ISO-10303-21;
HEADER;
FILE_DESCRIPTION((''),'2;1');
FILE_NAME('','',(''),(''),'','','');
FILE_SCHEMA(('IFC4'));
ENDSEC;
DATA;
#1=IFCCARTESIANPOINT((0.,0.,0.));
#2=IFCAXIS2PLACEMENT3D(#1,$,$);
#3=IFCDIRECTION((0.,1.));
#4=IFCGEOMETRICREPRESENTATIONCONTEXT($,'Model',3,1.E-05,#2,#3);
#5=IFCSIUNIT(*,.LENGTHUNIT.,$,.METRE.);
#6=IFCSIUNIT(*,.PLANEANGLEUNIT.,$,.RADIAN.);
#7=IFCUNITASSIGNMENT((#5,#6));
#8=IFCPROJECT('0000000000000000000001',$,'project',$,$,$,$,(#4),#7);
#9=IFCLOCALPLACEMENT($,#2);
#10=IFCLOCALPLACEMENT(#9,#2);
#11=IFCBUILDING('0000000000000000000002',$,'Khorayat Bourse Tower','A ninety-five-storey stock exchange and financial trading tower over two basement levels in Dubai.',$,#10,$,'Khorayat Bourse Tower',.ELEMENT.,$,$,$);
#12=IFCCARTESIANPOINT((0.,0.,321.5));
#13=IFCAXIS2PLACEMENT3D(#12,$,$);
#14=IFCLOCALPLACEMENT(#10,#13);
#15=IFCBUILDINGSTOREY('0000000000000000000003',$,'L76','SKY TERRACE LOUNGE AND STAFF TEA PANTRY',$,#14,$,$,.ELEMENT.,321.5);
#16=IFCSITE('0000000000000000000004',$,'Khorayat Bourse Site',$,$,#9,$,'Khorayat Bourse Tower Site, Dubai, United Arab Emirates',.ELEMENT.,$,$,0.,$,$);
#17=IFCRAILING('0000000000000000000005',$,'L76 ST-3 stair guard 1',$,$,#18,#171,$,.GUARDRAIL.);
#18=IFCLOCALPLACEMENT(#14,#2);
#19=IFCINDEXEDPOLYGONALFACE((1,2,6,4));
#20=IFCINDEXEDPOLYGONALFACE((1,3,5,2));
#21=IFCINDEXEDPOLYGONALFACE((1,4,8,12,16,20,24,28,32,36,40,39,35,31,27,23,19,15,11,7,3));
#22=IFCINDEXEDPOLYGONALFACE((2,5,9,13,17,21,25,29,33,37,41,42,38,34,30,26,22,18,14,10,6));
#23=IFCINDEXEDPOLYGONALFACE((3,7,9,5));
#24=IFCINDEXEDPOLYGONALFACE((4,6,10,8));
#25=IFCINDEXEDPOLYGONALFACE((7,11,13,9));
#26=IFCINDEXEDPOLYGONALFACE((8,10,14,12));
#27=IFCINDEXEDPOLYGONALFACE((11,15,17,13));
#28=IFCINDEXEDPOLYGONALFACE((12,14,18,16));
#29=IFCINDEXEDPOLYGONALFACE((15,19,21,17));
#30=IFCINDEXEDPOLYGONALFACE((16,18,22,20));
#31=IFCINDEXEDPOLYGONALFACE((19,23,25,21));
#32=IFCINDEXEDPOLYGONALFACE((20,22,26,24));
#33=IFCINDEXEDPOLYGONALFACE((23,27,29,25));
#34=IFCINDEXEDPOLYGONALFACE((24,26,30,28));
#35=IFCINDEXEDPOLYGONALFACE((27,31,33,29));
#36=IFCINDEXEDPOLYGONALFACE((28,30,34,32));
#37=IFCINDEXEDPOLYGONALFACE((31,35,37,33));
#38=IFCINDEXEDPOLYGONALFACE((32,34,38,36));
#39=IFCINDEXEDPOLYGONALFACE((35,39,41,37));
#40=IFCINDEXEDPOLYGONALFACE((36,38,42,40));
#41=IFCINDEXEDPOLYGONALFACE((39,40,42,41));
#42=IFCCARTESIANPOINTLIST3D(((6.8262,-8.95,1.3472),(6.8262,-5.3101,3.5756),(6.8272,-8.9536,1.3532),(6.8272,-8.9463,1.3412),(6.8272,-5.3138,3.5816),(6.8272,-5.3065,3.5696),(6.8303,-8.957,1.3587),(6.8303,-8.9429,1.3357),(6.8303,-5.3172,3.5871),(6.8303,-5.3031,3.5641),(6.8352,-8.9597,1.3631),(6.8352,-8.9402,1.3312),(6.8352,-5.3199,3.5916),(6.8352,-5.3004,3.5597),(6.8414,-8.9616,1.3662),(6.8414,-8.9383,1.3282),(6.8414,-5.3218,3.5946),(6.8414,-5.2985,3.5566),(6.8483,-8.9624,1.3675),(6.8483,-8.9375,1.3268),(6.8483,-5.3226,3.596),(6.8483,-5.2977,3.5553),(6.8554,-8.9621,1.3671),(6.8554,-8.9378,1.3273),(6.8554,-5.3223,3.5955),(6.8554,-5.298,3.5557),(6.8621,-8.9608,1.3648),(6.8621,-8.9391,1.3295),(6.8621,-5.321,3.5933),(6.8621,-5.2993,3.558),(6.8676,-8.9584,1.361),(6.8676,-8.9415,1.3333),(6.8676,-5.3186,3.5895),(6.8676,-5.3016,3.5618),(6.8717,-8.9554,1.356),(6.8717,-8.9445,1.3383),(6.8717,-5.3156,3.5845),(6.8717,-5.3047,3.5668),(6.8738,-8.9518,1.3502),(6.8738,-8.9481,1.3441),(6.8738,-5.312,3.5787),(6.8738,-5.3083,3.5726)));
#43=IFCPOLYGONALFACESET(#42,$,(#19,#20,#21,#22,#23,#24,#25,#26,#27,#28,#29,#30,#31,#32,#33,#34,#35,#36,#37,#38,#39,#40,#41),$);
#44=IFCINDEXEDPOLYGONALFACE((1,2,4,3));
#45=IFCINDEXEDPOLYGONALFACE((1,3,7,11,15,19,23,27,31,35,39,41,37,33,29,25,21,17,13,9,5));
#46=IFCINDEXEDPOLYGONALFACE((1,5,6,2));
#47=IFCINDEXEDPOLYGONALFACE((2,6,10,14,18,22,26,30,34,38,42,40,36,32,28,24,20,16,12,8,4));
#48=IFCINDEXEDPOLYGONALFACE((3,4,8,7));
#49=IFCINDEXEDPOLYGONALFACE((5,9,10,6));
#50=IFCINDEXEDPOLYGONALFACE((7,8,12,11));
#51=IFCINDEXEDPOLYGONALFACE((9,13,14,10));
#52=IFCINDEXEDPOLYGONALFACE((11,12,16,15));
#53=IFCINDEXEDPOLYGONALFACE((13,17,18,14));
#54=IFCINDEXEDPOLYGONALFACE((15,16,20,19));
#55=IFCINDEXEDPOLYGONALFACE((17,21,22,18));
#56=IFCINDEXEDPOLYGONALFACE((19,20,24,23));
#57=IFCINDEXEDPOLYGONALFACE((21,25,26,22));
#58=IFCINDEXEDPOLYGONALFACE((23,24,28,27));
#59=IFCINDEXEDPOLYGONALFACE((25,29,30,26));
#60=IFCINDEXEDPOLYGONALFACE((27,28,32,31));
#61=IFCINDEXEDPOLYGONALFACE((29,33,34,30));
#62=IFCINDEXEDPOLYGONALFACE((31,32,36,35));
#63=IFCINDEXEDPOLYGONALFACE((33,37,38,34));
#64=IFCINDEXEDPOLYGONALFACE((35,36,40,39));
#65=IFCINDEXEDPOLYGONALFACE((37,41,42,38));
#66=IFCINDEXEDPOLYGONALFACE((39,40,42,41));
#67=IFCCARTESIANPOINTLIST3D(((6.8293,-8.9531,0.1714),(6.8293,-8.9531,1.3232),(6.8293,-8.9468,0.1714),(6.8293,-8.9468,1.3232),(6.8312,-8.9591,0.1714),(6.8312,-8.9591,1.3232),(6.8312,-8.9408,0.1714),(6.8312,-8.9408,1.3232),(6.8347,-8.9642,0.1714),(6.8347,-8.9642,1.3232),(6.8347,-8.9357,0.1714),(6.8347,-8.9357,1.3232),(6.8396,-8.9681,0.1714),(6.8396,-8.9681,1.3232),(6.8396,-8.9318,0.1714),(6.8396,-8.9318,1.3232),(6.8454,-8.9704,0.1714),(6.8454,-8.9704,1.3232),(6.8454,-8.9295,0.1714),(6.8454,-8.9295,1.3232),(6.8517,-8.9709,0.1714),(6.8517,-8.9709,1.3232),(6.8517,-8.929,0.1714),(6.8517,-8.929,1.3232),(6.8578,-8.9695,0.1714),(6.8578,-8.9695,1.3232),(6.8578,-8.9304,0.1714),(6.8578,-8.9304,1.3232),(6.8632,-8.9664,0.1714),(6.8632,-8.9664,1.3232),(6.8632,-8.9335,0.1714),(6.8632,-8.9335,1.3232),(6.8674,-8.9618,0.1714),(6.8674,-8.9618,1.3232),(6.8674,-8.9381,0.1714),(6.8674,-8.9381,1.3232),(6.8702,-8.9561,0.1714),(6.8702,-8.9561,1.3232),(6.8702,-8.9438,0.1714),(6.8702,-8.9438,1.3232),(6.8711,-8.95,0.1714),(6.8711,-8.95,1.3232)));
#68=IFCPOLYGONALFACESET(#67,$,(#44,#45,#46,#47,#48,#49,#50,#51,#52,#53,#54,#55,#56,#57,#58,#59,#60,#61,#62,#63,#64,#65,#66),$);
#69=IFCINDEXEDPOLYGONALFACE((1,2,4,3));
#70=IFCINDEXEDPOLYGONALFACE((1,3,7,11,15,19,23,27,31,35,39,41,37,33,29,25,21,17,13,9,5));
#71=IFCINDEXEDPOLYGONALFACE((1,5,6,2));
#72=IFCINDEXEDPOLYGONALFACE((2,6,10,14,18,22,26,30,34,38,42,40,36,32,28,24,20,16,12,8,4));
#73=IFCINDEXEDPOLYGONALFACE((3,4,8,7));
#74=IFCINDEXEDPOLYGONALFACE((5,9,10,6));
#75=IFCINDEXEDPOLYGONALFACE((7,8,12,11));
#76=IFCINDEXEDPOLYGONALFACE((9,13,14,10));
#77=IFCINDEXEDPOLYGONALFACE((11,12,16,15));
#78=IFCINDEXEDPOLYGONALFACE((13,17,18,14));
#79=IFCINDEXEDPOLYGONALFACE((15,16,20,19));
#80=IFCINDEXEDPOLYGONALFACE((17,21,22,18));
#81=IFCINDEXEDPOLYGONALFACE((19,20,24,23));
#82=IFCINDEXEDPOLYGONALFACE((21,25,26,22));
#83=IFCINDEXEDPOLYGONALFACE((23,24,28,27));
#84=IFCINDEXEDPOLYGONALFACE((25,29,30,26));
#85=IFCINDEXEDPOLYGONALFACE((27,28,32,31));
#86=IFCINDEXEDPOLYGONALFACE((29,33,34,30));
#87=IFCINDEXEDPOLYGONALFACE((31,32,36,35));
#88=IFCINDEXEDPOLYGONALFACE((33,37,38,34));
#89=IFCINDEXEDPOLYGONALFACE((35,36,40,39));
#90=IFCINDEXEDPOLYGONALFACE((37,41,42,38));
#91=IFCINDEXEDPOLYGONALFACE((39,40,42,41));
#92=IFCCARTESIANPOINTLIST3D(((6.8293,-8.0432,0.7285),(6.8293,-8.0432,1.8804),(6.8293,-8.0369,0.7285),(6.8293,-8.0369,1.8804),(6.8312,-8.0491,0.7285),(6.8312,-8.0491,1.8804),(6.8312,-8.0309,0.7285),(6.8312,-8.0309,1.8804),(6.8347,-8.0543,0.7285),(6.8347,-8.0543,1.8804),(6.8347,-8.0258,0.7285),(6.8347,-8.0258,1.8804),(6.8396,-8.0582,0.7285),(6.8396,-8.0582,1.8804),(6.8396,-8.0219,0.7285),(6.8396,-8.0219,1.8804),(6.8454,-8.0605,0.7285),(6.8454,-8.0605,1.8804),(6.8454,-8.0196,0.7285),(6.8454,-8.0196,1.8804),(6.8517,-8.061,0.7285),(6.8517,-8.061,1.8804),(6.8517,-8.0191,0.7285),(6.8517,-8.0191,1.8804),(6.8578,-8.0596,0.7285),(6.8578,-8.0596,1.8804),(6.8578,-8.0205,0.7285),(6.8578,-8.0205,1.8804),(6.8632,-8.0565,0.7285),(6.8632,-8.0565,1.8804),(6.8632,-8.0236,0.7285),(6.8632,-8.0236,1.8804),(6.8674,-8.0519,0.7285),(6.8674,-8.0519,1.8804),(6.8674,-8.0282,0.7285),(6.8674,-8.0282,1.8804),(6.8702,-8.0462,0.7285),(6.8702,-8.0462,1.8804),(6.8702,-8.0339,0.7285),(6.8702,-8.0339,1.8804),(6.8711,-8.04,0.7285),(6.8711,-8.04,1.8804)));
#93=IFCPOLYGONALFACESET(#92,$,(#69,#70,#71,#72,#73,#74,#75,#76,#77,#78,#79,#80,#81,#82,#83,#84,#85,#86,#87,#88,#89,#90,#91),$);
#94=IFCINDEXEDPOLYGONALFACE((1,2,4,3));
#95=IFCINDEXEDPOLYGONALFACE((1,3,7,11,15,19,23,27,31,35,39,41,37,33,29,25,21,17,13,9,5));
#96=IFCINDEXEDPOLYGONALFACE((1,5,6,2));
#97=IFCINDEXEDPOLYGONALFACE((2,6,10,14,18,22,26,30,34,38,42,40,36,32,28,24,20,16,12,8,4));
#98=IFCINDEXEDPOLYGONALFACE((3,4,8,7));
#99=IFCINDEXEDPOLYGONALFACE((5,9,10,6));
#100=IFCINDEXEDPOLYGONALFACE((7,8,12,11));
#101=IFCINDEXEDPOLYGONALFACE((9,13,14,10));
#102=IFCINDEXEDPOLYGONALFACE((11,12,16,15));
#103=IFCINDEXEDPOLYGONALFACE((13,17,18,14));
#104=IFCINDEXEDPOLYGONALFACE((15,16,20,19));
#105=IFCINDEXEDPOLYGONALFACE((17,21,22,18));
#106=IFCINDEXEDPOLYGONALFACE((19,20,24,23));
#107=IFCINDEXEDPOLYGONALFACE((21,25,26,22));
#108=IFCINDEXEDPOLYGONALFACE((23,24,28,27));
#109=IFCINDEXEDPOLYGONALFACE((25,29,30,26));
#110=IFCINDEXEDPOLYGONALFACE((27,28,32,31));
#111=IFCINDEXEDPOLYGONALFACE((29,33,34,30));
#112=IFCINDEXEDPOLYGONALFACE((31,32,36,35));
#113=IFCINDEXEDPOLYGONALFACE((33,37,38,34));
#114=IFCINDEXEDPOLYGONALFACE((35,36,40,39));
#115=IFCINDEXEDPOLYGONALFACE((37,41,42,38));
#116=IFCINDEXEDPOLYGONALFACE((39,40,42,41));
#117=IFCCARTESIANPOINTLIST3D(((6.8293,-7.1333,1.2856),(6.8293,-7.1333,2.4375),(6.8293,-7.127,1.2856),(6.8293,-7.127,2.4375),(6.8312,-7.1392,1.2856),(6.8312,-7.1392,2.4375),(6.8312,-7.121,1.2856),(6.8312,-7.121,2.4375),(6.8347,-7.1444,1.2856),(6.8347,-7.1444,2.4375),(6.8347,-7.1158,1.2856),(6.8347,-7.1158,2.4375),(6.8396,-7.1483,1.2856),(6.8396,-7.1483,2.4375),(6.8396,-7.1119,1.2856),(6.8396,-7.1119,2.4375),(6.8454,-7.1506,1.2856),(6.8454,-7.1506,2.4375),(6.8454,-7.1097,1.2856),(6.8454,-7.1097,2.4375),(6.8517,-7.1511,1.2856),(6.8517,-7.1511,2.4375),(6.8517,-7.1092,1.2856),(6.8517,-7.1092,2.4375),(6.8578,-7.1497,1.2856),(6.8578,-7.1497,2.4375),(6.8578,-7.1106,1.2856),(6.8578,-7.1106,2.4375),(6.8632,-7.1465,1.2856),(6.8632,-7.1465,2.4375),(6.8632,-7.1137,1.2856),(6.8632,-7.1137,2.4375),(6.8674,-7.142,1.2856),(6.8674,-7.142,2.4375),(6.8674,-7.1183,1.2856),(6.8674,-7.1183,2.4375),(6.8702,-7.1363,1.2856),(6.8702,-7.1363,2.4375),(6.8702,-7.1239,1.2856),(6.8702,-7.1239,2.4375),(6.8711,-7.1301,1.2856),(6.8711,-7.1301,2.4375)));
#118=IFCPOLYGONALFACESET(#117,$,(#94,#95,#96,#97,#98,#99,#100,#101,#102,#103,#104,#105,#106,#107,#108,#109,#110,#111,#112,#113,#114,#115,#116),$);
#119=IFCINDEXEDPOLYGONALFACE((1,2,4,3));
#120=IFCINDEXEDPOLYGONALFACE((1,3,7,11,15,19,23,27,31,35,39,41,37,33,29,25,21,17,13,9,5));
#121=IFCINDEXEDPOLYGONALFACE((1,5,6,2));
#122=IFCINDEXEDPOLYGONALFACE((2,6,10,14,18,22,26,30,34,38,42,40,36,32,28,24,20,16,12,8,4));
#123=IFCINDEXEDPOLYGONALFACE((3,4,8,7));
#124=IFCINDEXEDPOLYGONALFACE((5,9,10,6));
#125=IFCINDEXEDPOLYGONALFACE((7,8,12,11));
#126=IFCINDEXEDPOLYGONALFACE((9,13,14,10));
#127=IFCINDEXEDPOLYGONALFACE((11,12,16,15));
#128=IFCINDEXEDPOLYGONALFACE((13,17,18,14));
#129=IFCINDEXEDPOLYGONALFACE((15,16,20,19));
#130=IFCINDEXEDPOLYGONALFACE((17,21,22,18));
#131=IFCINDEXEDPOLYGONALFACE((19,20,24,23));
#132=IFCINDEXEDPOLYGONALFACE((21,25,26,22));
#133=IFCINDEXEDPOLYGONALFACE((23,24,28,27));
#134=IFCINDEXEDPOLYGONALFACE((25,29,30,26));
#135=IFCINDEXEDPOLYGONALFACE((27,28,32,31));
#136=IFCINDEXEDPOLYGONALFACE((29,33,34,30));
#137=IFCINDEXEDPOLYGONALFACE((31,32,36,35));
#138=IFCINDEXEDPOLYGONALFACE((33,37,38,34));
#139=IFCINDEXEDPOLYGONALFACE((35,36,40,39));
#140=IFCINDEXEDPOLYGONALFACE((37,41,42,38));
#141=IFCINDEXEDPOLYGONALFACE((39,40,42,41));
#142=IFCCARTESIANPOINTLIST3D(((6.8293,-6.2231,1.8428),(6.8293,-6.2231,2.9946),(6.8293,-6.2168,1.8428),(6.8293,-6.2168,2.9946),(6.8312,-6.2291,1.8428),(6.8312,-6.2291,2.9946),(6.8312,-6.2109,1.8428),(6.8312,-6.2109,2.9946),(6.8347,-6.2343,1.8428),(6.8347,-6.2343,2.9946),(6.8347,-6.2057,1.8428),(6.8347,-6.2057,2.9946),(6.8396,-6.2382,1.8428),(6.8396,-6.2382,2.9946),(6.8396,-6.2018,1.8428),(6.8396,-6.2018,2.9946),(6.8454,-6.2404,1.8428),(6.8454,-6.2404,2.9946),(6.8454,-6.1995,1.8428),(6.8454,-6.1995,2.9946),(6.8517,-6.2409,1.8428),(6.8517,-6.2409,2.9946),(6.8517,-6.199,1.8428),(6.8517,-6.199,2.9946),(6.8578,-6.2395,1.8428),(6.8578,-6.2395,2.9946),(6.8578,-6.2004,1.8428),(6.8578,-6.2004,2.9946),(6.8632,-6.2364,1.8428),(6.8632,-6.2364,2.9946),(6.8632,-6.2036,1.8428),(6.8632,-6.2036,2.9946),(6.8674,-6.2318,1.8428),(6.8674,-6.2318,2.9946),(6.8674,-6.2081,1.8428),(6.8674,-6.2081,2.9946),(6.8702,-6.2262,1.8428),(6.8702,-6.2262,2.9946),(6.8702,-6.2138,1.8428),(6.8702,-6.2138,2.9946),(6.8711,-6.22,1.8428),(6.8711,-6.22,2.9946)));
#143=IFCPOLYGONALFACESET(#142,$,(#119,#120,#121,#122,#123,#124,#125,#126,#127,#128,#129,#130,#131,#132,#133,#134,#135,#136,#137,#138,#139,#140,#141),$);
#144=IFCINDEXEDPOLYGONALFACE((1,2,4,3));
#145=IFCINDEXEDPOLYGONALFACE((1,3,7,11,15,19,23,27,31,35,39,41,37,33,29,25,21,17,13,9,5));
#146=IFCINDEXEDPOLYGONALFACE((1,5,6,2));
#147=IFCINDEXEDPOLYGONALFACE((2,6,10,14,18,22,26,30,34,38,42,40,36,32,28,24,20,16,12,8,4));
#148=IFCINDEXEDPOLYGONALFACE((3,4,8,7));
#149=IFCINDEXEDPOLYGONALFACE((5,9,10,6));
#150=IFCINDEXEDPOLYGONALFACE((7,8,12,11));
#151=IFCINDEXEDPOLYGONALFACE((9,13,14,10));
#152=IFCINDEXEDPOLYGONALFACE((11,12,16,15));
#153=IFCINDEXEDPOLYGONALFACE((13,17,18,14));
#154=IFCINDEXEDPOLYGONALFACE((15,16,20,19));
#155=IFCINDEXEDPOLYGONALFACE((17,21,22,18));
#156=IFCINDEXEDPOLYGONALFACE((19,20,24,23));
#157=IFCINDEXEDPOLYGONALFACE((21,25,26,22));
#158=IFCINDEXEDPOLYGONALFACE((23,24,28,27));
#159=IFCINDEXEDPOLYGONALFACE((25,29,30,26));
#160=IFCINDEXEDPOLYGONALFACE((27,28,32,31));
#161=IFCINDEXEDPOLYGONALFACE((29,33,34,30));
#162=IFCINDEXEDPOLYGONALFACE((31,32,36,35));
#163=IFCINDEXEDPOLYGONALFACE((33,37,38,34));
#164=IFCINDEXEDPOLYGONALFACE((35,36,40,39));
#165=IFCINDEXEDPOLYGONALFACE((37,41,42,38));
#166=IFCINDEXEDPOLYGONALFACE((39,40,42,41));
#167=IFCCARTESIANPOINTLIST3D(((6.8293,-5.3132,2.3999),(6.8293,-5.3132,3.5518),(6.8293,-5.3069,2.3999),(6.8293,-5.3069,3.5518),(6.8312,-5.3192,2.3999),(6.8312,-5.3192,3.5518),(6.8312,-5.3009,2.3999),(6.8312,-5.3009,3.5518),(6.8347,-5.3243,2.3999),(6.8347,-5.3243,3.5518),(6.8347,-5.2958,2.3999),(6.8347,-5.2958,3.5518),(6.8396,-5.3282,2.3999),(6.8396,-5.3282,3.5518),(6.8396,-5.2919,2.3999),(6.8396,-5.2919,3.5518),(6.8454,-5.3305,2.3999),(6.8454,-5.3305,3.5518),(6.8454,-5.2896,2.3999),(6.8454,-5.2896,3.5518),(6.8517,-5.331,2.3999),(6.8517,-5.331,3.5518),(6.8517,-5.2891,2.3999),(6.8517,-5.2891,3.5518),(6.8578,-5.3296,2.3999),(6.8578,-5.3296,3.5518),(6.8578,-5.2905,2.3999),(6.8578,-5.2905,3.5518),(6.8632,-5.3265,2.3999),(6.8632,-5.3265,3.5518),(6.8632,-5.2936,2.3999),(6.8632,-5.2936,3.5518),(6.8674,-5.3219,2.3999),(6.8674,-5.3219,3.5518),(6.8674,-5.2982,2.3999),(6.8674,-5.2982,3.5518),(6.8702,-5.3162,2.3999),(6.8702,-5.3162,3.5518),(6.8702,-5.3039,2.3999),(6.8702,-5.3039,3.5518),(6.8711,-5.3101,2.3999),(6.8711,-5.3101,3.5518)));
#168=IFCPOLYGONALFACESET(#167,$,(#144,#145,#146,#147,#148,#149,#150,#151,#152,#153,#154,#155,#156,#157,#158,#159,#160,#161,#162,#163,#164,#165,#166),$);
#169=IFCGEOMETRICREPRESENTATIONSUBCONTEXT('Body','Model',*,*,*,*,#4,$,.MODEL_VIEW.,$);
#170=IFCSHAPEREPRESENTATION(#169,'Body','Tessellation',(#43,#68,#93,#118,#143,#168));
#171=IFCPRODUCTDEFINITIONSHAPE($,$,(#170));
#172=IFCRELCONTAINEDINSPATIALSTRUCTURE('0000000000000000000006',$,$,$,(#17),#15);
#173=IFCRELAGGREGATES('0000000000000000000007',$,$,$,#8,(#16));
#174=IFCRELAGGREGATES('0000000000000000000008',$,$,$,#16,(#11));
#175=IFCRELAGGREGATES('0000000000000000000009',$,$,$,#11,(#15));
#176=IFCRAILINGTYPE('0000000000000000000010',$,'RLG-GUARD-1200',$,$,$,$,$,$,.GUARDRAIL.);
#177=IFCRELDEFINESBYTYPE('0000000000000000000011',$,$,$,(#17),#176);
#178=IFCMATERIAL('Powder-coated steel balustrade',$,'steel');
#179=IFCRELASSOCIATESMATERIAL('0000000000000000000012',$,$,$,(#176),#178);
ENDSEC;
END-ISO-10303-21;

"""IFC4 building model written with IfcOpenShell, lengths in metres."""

from ifc_helpers import new_model, si_unit, direction, frame, origin, origin_2d, place, context, subcontext, project, spatial, circle, extrude, source, transform, mapped, material, type_object, element, save


model = new_model("IFC4")

# Units and contexts
model_context = context("Model", 3, precision=1e-05, world=origin(), true_north=direction((0.0, 1.0)))
body_context = subcontext(model_context, "Body", "Model", "MODEL_VIEW")
ifc_project = project(units=[si_unit("LENGTHUNIT", "METRE"), si_unit("PLANEANGLEUNIT", "RADIAN")], contexts=[model_context])

# Site, building, storey
site_placement = place(None, origin())
site = spatial("IfcSite", under=ifc_project, at=site_placement, Name="Khorayat Bourse Site", LongName="Khorayat Bourse Tower Site, Dubai, United Arab Emirates", CompositionType="ELEMENT", RefElevation=0.0)
building_placement = place(site_placement, origin())
building = spatial("IfcBuilding", under=site, at=building_placement, Name="Khorayat Bourse Tower", Description="A ninety-five-storey stock exchange and financial trading tower over two basement levels in Dubai.", LongName="Khorayat Bourse Tower", CompositionType="ELEMENT")
storey_placement = place(building_placement, frame((0.0, 0.0, 321.5)))
storey = spatial("IfcBuildingStorey", under=building, at=storey_placement, Name="L76", Description="SKY TERRACE LOUNGE AND STAFF TEA PANTRY", CompositionType="ELEMENT", Elevation=321.5)

# Railing
ifc_material_1 = material(Name="Powder-coated steel balustrade", Category="steel")
railing_type_1 = type_object("IfcRailingType", Name="RLG-GUARD-1200", PredefinedType="GUARDRAIL", material=ifc_material_1)
shared_shape_1 = source(origin(), body_context, "Body", "SweptSolid", [
    extrude(circle(Radius=0.0239, at=origin_2d()), frame((0.0, 0.0, 1.1758), z_axis=(0.0, 0.85285, 0.522156), x_axis=(-1.0, 0.0, 0.0)), (0.0, 0.0, 1.0), 4.2678),
    extrude(circle(Radius=0.021, at=origin_2d()), origin(), (0.0, 0.0, 1.0), 1.1519),
    extrude(circle(Radius=0.021, at=origin_2d()), frame((0.0, 0.9099, 0.5571)), (0.0, 0.0, 1.0), 1.1519),
    extrude(circle(Radius=0.021, at=origin_2d()), frame((0.0, 1.8198, 1.1143)), (0.0, 0.0, 1.0), 1.1519),
    extrude(circle(Radius=0.021, at=origin_2d()), frame((0.0, 2.73, 1.6714)), (0.0, 0.0, 1.0), 1.1519),
    extrude(circle(Radius=0.021, at=origin_2d()), frame((0.0, 3.6399, 2.2285)), (0.0, 0.0, 1.0), 1.1519),
])
railing_1_placement = place(storey_placement, frame((6.8501, -8.95, 0.1714)))
element("IfcRailing", 1, at=railing_1_placement, inside=storey, type_object=railing_type_1, Name="L76 ST-3 stair guard 1", PredefinedType="GUARDRAIL", context=body_context, shape_type="MappedRepresentation", body=[
    mapped(shared_shape_1, transform((0.0, 0.0, 0.0), scale=1.0)),
])

save(model, "model.ifc")
